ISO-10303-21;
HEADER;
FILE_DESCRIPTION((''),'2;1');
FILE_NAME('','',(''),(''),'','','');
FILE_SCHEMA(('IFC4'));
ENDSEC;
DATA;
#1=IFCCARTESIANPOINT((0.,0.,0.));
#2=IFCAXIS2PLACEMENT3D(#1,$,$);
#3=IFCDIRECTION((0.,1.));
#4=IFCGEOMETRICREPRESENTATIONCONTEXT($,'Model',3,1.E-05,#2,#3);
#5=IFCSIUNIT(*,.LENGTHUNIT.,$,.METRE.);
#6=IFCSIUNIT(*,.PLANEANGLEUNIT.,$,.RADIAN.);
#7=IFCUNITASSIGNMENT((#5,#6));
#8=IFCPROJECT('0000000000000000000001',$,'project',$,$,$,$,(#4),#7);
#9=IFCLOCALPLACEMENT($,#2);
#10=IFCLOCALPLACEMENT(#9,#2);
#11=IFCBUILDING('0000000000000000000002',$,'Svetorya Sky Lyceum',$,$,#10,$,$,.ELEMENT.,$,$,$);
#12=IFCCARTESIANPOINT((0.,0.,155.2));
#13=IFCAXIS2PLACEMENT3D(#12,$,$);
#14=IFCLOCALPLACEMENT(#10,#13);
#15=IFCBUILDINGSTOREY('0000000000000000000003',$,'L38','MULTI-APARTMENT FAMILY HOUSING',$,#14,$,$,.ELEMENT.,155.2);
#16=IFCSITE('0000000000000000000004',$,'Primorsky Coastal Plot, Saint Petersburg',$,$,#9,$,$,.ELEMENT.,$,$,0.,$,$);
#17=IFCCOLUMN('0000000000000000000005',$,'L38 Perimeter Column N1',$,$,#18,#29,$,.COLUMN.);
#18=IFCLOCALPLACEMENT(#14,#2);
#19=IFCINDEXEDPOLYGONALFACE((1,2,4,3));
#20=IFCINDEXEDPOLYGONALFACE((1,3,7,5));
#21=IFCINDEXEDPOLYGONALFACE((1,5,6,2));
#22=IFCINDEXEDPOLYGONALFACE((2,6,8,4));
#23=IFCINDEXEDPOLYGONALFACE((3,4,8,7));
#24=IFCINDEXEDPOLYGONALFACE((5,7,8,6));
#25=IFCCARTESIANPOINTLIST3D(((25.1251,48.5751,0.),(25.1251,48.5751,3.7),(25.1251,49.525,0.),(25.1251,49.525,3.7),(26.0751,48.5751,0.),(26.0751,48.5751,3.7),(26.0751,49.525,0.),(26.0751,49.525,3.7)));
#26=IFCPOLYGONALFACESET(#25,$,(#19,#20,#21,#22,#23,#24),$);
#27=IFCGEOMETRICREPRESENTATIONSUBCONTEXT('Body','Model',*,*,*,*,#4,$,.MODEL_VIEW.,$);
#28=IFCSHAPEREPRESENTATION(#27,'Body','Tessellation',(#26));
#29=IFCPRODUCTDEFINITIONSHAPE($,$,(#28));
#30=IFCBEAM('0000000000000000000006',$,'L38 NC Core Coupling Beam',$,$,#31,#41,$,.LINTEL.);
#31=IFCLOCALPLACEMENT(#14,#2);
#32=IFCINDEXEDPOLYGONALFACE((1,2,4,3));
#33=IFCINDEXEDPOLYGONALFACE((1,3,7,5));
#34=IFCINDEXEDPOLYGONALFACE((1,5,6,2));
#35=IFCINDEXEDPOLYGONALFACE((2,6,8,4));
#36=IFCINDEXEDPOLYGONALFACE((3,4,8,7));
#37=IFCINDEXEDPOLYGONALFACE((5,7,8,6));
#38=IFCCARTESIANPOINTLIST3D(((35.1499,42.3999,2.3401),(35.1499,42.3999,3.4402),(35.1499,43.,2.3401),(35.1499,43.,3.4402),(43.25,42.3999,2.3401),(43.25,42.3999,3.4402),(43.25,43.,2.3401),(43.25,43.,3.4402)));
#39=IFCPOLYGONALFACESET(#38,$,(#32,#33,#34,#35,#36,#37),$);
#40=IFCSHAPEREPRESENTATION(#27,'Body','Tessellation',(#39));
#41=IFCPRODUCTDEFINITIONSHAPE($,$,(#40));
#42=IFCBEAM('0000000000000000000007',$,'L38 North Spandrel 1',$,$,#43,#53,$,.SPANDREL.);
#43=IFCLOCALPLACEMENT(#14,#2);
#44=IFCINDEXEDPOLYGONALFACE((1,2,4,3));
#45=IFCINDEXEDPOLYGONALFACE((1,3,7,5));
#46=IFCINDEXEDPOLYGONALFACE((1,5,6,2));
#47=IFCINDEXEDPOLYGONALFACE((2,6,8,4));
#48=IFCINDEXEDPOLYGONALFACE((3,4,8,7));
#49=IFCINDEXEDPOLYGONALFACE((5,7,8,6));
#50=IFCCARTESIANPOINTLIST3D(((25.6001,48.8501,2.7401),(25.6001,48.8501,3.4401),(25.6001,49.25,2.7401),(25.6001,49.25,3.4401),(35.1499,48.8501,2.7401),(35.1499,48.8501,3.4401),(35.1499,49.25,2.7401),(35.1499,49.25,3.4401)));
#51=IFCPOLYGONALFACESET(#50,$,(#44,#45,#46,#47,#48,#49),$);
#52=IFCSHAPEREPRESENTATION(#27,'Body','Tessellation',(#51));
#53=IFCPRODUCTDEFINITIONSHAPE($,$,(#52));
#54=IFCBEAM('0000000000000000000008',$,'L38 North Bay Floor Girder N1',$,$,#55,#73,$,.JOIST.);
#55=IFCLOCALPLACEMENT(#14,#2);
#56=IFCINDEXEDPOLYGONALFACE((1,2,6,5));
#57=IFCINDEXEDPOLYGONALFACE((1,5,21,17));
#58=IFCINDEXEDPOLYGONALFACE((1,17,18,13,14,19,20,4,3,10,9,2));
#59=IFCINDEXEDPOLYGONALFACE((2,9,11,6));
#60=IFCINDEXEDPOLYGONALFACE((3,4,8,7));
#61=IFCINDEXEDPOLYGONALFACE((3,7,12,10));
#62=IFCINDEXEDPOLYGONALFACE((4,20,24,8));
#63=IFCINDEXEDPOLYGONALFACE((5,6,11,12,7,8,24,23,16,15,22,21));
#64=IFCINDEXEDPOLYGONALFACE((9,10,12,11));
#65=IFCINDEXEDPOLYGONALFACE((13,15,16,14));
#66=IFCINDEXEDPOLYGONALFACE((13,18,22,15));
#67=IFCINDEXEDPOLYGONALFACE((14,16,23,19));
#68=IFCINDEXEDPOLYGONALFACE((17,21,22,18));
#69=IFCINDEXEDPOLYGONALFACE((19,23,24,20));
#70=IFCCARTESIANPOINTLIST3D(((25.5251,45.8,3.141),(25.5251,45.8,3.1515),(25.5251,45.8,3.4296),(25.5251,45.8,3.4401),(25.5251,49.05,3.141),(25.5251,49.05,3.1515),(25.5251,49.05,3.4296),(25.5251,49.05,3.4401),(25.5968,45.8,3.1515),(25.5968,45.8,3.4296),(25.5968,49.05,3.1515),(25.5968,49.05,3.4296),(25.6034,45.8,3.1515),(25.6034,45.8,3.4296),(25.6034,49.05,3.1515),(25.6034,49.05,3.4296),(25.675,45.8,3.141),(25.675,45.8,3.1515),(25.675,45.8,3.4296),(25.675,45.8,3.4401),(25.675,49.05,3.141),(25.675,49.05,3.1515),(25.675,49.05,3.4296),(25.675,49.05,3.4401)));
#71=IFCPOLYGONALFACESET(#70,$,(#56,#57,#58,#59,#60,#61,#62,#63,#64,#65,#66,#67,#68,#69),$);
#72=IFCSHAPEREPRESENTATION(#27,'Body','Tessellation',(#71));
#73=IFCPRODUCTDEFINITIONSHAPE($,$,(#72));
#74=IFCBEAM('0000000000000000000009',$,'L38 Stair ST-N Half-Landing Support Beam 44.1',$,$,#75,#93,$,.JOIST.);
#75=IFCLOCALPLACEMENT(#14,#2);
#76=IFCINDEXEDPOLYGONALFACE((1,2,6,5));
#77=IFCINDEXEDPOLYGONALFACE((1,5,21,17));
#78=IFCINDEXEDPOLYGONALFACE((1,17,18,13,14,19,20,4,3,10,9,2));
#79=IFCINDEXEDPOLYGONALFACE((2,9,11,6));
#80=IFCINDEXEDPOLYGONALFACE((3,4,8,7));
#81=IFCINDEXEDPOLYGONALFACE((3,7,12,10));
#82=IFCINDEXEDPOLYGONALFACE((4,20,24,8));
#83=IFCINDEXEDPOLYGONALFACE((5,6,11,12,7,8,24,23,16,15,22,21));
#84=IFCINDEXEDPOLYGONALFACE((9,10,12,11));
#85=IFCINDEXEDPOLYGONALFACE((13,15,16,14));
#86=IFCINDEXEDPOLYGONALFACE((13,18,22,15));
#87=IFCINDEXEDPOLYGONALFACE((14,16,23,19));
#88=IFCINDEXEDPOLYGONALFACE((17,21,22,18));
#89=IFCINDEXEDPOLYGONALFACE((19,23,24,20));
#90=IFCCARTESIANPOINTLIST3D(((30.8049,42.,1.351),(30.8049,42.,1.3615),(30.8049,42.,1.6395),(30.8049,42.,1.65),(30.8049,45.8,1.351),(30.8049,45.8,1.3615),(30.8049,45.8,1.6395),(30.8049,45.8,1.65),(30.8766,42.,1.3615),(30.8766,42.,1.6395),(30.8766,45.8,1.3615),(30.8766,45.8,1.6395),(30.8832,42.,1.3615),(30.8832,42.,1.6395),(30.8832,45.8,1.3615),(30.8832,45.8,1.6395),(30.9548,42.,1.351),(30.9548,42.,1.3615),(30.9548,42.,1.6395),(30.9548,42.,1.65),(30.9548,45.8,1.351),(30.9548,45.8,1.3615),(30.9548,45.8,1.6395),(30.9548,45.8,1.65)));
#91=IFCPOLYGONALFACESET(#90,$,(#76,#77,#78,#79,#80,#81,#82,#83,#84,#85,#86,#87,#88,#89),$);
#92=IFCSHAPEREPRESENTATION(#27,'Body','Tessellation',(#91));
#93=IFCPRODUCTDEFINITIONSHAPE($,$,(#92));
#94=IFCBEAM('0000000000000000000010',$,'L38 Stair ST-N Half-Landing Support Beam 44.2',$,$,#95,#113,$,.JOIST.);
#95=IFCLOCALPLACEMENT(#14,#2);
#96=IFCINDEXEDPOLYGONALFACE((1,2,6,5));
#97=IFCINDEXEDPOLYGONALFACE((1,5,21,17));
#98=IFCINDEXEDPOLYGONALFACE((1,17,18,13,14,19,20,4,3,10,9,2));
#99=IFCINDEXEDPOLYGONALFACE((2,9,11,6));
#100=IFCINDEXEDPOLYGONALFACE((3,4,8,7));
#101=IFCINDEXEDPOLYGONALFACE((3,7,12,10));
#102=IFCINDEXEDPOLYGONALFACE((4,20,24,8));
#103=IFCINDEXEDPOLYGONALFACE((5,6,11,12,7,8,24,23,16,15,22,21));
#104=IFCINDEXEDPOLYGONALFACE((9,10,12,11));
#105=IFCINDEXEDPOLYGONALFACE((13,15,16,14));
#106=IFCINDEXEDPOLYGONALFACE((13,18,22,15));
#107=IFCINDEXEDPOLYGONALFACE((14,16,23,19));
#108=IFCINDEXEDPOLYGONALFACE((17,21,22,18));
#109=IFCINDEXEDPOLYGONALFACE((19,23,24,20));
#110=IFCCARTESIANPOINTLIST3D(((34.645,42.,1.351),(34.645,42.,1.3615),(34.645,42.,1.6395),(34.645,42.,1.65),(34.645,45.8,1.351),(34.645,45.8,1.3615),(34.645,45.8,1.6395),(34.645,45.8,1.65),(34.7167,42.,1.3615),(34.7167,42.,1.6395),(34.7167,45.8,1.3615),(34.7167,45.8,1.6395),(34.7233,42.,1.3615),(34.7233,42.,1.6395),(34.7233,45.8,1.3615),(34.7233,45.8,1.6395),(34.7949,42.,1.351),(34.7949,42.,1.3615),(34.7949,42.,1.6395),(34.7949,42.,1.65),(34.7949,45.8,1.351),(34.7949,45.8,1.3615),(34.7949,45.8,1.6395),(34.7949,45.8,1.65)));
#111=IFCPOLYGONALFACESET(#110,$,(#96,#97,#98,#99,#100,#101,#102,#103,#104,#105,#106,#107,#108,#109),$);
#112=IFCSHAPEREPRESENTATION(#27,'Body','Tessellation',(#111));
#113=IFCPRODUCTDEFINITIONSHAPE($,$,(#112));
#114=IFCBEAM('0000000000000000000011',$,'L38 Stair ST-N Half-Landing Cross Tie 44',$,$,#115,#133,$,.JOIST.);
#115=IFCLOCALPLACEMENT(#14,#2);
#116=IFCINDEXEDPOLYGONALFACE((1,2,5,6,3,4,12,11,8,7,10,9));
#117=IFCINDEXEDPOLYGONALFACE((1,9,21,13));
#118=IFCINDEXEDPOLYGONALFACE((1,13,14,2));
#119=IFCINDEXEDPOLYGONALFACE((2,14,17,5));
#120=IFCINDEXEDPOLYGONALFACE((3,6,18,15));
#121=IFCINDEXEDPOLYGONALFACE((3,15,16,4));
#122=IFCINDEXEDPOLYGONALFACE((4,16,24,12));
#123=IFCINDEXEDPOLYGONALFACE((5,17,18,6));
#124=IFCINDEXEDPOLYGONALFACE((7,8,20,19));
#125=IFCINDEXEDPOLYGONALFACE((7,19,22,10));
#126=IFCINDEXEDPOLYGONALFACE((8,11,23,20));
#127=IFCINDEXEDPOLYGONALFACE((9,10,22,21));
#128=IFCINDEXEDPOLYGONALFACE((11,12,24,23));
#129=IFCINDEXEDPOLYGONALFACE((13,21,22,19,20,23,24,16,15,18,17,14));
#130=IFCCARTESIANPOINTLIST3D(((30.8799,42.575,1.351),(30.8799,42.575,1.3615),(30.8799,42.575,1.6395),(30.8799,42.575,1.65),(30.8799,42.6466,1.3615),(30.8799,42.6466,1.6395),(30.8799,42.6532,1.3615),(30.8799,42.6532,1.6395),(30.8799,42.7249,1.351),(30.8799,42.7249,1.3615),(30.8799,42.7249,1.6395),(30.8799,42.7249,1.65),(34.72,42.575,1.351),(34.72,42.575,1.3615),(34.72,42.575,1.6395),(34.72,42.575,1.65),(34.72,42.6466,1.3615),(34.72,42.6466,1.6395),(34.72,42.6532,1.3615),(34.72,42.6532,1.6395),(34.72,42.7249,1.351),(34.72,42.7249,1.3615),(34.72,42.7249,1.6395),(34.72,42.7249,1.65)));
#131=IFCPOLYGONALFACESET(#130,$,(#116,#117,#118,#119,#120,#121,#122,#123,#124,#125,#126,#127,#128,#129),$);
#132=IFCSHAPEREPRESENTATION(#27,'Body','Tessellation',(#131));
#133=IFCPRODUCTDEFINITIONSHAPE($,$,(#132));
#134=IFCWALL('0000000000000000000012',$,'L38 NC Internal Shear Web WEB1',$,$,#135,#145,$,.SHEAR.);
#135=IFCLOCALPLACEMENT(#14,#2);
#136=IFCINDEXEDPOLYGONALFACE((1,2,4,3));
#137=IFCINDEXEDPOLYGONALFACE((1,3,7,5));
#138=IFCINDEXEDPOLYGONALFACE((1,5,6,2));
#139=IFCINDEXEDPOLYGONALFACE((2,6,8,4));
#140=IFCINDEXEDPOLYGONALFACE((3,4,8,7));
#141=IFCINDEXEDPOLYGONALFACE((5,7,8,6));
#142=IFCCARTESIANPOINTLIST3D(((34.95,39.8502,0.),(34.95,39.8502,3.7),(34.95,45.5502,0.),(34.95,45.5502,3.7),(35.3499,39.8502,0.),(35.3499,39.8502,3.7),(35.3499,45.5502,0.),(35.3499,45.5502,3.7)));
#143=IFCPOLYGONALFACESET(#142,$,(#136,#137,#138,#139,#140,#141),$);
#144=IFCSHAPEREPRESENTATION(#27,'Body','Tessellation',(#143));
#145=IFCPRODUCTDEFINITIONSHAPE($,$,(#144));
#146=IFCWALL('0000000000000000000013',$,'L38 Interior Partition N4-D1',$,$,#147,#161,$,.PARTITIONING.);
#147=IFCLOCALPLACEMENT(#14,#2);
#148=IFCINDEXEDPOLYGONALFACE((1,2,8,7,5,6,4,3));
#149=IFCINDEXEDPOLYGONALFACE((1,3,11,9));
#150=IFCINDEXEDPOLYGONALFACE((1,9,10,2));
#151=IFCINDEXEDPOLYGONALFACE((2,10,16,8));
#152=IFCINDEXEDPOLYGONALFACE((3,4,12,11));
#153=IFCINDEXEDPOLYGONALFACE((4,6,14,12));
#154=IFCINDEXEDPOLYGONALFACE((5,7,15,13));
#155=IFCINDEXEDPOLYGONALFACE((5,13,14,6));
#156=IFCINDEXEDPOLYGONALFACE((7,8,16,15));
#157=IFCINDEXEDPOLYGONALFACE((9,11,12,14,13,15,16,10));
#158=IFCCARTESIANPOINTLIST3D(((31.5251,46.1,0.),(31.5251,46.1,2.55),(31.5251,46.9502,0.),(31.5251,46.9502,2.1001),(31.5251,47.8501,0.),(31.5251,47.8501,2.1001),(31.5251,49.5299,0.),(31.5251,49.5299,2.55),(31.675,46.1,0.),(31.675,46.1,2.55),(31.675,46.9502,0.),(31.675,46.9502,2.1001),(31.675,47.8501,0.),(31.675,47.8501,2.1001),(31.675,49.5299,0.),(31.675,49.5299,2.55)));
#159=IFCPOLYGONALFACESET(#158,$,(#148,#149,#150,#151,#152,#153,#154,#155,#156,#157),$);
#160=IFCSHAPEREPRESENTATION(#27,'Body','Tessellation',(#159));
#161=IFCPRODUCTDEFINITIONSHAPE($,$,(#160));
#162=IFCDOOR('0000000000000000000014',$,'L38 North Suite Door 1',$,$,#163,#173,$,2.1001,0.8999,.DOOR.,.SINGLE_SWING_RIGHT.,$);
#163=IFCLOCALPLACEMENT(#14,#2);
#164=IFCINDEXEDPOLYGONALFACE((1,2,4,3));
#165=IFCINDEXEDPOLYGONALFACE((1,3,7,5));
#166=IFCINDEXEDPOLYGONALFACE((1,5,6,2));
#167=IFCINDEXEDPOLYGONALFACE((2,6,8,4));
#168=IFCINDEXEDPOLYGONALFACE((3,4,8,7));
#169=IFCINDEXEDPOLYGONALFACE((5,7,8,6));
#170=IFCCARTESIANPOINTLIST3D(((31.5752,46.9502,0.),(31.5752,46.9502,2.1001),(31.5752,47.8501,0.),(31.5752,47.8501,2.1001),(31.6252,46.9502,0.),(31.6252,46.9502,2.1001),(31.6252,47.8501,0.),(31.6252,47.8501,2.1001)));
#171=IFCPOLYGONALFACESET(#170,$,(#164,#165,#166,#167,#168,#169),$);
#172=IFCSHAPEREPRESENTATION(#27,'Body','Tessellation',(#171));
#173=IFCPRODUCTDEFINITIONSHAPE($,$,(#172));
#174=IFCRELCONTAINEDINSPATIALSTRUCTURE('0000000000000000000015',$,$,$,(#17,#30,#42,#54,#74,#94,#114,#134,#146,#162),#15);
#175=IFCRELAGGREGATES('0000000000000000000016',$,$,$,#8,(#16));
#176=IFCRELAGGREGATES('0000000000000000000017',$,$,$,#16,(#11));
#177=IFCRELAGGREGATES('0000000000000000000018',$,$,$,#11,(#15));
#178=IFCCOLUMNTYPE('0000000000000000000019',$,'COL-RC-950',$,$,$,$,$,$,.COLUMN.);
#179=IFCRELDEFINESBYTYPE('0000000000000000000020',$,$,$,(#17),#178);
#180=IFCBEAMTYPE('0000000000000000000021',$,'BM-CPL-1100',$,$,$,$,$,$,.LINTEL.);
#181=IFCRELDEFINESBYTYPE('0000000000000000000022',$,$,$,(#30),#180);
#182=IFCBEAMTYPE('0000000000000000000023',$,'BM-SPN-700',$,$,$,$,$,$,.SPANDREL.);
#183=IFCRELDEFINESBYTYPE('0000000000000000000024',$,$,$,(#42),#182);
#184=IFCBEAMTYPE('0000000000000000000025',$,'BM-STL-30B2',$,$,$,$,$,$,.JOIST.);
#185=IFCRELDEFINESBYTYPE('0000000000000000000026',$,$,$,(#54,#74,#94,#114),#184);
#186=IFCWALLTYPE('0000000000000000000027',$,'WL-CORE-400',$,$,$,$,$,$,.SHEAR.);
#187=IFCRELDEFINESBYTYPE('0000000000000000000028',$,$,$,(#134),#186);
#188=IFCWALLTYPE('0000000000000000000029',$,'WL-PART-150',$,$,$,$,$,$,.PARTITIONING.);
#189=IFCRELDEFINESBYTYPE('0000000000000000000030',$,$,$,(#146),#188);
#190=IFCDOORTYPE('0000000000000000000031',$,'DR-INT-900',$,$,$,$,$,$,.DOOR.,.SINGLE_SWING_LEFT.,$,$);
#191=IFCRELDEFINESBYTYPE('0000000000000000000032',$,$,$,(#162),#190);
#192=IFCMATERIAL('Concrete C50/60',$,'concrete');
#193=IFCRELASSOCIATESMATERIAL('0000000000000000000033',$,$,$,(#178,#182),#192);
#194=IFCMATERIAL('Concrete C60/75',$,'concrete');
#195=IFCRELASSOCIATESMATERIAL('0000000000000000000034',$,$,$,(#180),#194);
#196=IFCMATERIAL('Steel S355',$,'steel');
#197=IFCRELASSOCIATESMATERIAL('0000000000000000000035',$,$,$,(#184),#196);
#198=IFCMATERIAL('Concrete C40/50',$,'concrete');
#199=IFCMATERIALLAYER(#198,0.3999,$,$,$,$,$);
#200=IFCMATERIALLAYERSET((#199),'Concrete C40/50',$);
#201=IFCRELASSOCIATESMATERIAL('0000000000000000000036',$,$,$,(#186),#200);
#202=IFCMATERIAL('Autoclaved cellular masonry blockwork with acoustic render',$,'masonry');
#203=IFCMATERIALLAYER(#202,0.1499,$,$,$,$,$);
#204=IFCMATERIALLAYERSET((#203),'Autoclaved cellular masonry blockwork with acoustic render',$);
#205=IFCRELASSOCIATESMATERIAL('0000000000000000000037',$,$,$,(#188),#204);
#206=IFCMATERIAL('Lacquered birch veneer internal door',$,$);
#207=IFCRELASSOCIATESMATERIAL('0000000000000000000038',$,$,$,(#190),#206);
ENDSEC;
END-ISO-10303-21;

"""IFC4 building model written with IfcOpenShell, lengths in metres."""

from ifc_helpers import new_model, si_unit, direction, frame, frame_2d, origin, origin_2d, place, context, subcontext, project, spatial, rectangle, i_section, extrude, material, layer, layer_set, material_profile, profile_set, type_object, element, fill, save


model = new_model("IFC4")

# Units and contexts
model_context = context("Model", 3, precision=1e-05, world=origin(), true_north=direction((0.0, 1.0)))
body_context = subcontext(model_context, "Body", "Model", "MODEL_VIEW")
ifc_project = project(units=[si_unit("LENGTHUNIT", "METRE"), si_unit("PLANEANGLEUNIT", "RADIAN")], contexts=[model_context])

# Site, building, storey
site_placement = place(None, origin())
site = spatial("IfcSite", under=ifc_project, at=site_placement, Name="Primorsky Coastal Plot, Saint Petersburg", CompositionType="ELEMENT", RefElevation=0.0)
building_placement = place(site_placement, origin())
building = spatial("IfcBuilding", under=site, at=building_placement, Name="Svetorya Sky Lyceum", CompositionType="ELEMENT")
storey_placement = place(building_placement, frame((0.0, 0.0, 155.2)))
storey = spatial("IfcBuildingStorey", under=building, at=storey_placement, Name="L38", Description="MULTI-APARTMENT FAMILY HOUSING", CompositionType="ELEMENT", Elevation=155.2)

# Column
ifc_material_1 = material(Name="Concrete C50/60", Category="concrete")
ifc_material_profile_1 = material_profile(ifc_material_1, rectangle(XDim=0.95, YDim=0.95, at=origin_2d()), Name="RC COL 950x950")
ifc_profile_set_1 = profile_set([ifc_material_profile_1], Name="Concrete C50/60")
column_type = type_object("IfcColumnType", Name="COL-RC-950", PredefinedType="COLUMN", material=ifc_profile_set_1)
column_placement = place(storey_placement, frame((25.6001, 49.05, 0.0), z_axis=(0.0, 0.0, 1.0), x_axis=(1.0, 0.0, 0.0)))
element("IfcColumn", 1, at=column_placement, inside=storey, type_object=column_type, Name="L38 Perimeter Column N1", PredefinedType="COLUMN", context=body_context, shape_type="SweptSolid", body=[
    extrude(rectangle(XDim=0.95, YDim=0.95, at=origin_2d()), origin(), (0.0, 0.0, 1.0), 3.7),
])

# Beams
ifc_material_2 = material(Name="Concrete C60/75", Category="concrete")
ifc_material_profile_2 = material_profile(ifc_material_2, rectangle(XDim=0.6001, YDim=1.1001, at=origin_2d()), Name="RC COUPLING 600x1100")
ifc_profile_set_2 = profile_set([ifc_material_profile_2], Name="Concrete C60/75")
beam_type_1 = type_object("IfcBeamType", Name="BM-CPL-1100", PredefinedType="LINTEL", material=ifc_profile_set_2)
beam_1_placement = place(storey_placement, frame((35.1499, 42.7, 2.8901), z_axis=(1.0, 0.0, 0.0), x_axis=(0.0, 1.0, 0.0)))
element("IfcBeam", 2, at=beam_1_placement, inside=storey, type_object=beam_type_1, Name="L38 NC Core Coupling Beam", PredefinedType="LINTEL", context=body_context, shape_type="SweptSolid", body=[
    extrude(rectangle(XDim=0.6001, YDim=1.1001, at=origin_2d()), origin(), (0.0, 0.0, 1.0), 8.1001),
])
ifc_material_profile_3 = material_profile(ifc_material_1, rectangle(XDim=0.3999, YDim=0.7, at=origin_2d()), Name="RC SPANDREL 400x700")
ifc_profile_set_3 = profile_set([ifc_material_profile_3], Name="Concrete C50/60")
beam_type_2 = type_object("IfcBeamType", Name="BM-SPN-700", PredefinedType="SPANDREL", material=ifc_profile_set_3)
beam_2_placement = place(storey_placement, frame((25.6001, 49.05, 3.0901), z_axis=(1.0, 0.0, 0.0), x_axis=(0.0, 1.0, 0.0)))
element("IfcBeam", 3, at=beam_2_placement, inside=storey, type_object=beam_type_2, Name="L38 North Spandrel 1", PredefinedType="SPANDREL", context=body_context, shape_type="SweptSolid", body=[
    extrude(rectangle(XDim=0.3999, YDim=0.7, at=origin_2d()), origin(), (0.0, 0.0, 1.0), 9.5498),
])
ifc_material_3 = material(Name="Steel S355", Category="steel")
ifc_material_profile_4 = material_profile(ifc_material_3, i_section(OverallWidth=0.1499, OverallDepth=0.2991, WebThickness=0.0066, FlangeThickness=0.0105, at=origin_2d()), Name="GOST 30B2")
ifc_profile_set_4 = profile_set([ifc_material_profile_4], Name="Steel S355")
beam_type_3 = type_object("IfcBeamType", Name="BM-STL-30B2", PredefinedType="JOIST", material=ifc_profile_set_4)
beam_3_placement = place(storey_placement, frame((25.6001, 45.8, 3.2905), z_axis=(0.0, 1.0, 0.0), x_axis=(-1.0, 0.0, 0.0)))
element("IfcBeam", 4, at=beam_3_placement, inside=storey, type_object=beam_type_3, Name="L38 North Bay Floor Girder N1", PredefinedType="JOIST", context=body_context, shape_type="SweptSolid", body=[
    extrude(i_section(OverallWidth=0.1499, OverallDepth=0.2991, WebThickness=0.0066, FlangeThickness=0.0105, at=origin_2d()), origin(), (0.0, 0.0, 1.0), 3.25),
])
for number, where, z_axis, x_axis, name in (
    (5, (30.8799, 42.0, 1.5005), (0.0, 1.0, 0.0), (-1.0, 0.0, 0.0), "L38 Stair ST-N Half-Landing Support Beam 44.1"),
    (6, (34.72, 42.0, 1.5005), (0.0, 1.0, 0.0), (-1.0, 0.0, 0.0), "L38 Stair ST-N Half-Landing Support Beam 44.2"),
):
    element("IfcBeam", number, at=place(storey_placement, frame(where, z_axis=z_axis, x_axis=x_axis)), inside=storey, type_object=beam_type_3, Name=name, PredefinedType="JOIST", context=body_context, shape_type="SweptSolid", body=[
        extrude(i_section(OverallWidth=0.1499, OverallDepth=0.2991, WebThickness=0.0066, FlangeThickness=0.0105, at=origin_2d()), origin(), (0.0, 0.0, 1.0), 3.8),
    ])
beam_4_placement = place(storey_placement, frame((30.8799, 42.6499, 1.5005), z_axis=(1.0, 0.0, 0.0), x_axis=(0.0, 1.0, 0.0)))
element("IfcBeam", 7, at=beam_4_placement, inside=storey, type_object=beam_type_3, Name="L38 Stair ST-N Half-Landing Cross Tie 44", PredefinedType="JOIST", context=body_context, shape_type="SweptSolid", body=[
    extrude(i_section(OverallWidth=0.1499, OverallDepth=0.2991, WebThickness=0.0066, FlangeThickness=0.0105, at=origin_2d()), origin(), (0.0, 0.0, 1.0), 3.8401),
])

# Wall
ifc_material_4 = material(Name="Concrete C40/50", Category="concrete")
ifc_layer_1 = layer(ifc_material_4, 0.3999)
ifc_layer_set_1 = layer_set([ifc_layer_1], Name="Concrete C40/50")
wall_type_1 = type_object("IfcWallType", Name="WL-CORE-400", PredefinedType="SHEAR", material=ifc_layer_set_1)
wall_1_placement = place(storey_placement, frame((35.1499, 39.8501, 0.0), z_axis=(0.0, 0.0, 1.0), x_axis=(0.0, 1.0, 0.0)))
element("IfcWall", 8, at=wall_1_placement, inside=storey, type_object=wall_type_1, Name="L38 NC Internal Shear Web WEB1", PredefinedType="SHEAR", context=body_context, shape_type="SweptSolid", body=[
    extrude(rectangle(XDim=5.7, YDim=0.3999, at=frame_2d((2.8501, 0.0))), origin(), (0.0, 0.0, 1.0), 3.7),
])

# Wall, opening, door
ifc_material_5 = material(Name="Autoclaved cellular masonry blockwork with acoustic render", Category="masonry")
ifc_layer_2 = layer(ifc_material_5, 0.1499)
ifc_layer_set_2 = layer_set([ifc_layer_2], Name="Autoclaved cellular masonry blockwork with acoustic render")
wall_type_2 = type_object("IfcWallType", Name="WL-PART-150", PredefinedType="PARTITIONING", material=ifc_layer_set_2)
wall_2_placement = place(storey_placement, frame((31.6001, 46.1001, 0.0), z_axis=(0.0, 0.0, 1.0), x_axis=(0.0, 1.0, 0.0)))
wall_2 = element("IfcWall", 9, at=wall_2_placement, inside=storey, type_object=wall_type_2, Name="L38 Interior Partition N4-D1", PredefinedType="PARTITIONING", context=body_context, shape_type="SweptSolid", body=[
    extrude(rectangle(XDim=3.4299, YDim=0.1499, at=frame_2d((1.7148, 0.0))), origin(), (0.0, 0.0, 1.0), 2.55),
])
opening_placement = place(wall_2_placement, frame((0.8501, 0.0, 0.0)))
opening = element("IfcOpeningElement", 10, at=opening_placement, cuts=wall_2, PredefinedType="OPENING", context=body_context, shape_type="SweptSolid", body=[
    extrude(rectangle(XDim=0.8999, YDim=2.1001, at=frame_2d((0.45, 1.05))), frame((0.0, 0.085, 0.0), z_axis=(0.0, -1.0, 0.0), x_axis=(1.0, 0.0, 0.0)), (0.0, 0.0, 1.0), 0.1699),
])
ifc_material_6 = material(Name="Lacquered birch veneer internal door")
door_type = type_object("IfcDoorType", Name="DR-INT-900", OperationType="SINGLE_SWING_LEFT", PredefinedType="DOOR", material=ifc_material_6)
door_placement = place(opening_placement, origin())
door = element("IfcDoor", 11, at=door_placement, inside=storey, type_object=door_type, Name="L38 North Suite Door 1", OperationType="SINGLE_SWING_RIGHT", OverallHeight=2.1001, OverallWidth=0.8999, PredefinedType="DOOR", context=body_context, shape_type="SweptSolid", body=[
    extrude(rectangle(XDim=0.8999, YDim=2.1001, at=frame_2d((0.45, 1.05))), frame((0.0, 0.0249, 0.0), z_axis=(0.0, -1.0, 0.0), x_axis=(1.0, 0.0, 0.0)), (0.0, 0.0, 1.0), 0.05),
])
fill(opening, door)

save(model, "model.ifc")
